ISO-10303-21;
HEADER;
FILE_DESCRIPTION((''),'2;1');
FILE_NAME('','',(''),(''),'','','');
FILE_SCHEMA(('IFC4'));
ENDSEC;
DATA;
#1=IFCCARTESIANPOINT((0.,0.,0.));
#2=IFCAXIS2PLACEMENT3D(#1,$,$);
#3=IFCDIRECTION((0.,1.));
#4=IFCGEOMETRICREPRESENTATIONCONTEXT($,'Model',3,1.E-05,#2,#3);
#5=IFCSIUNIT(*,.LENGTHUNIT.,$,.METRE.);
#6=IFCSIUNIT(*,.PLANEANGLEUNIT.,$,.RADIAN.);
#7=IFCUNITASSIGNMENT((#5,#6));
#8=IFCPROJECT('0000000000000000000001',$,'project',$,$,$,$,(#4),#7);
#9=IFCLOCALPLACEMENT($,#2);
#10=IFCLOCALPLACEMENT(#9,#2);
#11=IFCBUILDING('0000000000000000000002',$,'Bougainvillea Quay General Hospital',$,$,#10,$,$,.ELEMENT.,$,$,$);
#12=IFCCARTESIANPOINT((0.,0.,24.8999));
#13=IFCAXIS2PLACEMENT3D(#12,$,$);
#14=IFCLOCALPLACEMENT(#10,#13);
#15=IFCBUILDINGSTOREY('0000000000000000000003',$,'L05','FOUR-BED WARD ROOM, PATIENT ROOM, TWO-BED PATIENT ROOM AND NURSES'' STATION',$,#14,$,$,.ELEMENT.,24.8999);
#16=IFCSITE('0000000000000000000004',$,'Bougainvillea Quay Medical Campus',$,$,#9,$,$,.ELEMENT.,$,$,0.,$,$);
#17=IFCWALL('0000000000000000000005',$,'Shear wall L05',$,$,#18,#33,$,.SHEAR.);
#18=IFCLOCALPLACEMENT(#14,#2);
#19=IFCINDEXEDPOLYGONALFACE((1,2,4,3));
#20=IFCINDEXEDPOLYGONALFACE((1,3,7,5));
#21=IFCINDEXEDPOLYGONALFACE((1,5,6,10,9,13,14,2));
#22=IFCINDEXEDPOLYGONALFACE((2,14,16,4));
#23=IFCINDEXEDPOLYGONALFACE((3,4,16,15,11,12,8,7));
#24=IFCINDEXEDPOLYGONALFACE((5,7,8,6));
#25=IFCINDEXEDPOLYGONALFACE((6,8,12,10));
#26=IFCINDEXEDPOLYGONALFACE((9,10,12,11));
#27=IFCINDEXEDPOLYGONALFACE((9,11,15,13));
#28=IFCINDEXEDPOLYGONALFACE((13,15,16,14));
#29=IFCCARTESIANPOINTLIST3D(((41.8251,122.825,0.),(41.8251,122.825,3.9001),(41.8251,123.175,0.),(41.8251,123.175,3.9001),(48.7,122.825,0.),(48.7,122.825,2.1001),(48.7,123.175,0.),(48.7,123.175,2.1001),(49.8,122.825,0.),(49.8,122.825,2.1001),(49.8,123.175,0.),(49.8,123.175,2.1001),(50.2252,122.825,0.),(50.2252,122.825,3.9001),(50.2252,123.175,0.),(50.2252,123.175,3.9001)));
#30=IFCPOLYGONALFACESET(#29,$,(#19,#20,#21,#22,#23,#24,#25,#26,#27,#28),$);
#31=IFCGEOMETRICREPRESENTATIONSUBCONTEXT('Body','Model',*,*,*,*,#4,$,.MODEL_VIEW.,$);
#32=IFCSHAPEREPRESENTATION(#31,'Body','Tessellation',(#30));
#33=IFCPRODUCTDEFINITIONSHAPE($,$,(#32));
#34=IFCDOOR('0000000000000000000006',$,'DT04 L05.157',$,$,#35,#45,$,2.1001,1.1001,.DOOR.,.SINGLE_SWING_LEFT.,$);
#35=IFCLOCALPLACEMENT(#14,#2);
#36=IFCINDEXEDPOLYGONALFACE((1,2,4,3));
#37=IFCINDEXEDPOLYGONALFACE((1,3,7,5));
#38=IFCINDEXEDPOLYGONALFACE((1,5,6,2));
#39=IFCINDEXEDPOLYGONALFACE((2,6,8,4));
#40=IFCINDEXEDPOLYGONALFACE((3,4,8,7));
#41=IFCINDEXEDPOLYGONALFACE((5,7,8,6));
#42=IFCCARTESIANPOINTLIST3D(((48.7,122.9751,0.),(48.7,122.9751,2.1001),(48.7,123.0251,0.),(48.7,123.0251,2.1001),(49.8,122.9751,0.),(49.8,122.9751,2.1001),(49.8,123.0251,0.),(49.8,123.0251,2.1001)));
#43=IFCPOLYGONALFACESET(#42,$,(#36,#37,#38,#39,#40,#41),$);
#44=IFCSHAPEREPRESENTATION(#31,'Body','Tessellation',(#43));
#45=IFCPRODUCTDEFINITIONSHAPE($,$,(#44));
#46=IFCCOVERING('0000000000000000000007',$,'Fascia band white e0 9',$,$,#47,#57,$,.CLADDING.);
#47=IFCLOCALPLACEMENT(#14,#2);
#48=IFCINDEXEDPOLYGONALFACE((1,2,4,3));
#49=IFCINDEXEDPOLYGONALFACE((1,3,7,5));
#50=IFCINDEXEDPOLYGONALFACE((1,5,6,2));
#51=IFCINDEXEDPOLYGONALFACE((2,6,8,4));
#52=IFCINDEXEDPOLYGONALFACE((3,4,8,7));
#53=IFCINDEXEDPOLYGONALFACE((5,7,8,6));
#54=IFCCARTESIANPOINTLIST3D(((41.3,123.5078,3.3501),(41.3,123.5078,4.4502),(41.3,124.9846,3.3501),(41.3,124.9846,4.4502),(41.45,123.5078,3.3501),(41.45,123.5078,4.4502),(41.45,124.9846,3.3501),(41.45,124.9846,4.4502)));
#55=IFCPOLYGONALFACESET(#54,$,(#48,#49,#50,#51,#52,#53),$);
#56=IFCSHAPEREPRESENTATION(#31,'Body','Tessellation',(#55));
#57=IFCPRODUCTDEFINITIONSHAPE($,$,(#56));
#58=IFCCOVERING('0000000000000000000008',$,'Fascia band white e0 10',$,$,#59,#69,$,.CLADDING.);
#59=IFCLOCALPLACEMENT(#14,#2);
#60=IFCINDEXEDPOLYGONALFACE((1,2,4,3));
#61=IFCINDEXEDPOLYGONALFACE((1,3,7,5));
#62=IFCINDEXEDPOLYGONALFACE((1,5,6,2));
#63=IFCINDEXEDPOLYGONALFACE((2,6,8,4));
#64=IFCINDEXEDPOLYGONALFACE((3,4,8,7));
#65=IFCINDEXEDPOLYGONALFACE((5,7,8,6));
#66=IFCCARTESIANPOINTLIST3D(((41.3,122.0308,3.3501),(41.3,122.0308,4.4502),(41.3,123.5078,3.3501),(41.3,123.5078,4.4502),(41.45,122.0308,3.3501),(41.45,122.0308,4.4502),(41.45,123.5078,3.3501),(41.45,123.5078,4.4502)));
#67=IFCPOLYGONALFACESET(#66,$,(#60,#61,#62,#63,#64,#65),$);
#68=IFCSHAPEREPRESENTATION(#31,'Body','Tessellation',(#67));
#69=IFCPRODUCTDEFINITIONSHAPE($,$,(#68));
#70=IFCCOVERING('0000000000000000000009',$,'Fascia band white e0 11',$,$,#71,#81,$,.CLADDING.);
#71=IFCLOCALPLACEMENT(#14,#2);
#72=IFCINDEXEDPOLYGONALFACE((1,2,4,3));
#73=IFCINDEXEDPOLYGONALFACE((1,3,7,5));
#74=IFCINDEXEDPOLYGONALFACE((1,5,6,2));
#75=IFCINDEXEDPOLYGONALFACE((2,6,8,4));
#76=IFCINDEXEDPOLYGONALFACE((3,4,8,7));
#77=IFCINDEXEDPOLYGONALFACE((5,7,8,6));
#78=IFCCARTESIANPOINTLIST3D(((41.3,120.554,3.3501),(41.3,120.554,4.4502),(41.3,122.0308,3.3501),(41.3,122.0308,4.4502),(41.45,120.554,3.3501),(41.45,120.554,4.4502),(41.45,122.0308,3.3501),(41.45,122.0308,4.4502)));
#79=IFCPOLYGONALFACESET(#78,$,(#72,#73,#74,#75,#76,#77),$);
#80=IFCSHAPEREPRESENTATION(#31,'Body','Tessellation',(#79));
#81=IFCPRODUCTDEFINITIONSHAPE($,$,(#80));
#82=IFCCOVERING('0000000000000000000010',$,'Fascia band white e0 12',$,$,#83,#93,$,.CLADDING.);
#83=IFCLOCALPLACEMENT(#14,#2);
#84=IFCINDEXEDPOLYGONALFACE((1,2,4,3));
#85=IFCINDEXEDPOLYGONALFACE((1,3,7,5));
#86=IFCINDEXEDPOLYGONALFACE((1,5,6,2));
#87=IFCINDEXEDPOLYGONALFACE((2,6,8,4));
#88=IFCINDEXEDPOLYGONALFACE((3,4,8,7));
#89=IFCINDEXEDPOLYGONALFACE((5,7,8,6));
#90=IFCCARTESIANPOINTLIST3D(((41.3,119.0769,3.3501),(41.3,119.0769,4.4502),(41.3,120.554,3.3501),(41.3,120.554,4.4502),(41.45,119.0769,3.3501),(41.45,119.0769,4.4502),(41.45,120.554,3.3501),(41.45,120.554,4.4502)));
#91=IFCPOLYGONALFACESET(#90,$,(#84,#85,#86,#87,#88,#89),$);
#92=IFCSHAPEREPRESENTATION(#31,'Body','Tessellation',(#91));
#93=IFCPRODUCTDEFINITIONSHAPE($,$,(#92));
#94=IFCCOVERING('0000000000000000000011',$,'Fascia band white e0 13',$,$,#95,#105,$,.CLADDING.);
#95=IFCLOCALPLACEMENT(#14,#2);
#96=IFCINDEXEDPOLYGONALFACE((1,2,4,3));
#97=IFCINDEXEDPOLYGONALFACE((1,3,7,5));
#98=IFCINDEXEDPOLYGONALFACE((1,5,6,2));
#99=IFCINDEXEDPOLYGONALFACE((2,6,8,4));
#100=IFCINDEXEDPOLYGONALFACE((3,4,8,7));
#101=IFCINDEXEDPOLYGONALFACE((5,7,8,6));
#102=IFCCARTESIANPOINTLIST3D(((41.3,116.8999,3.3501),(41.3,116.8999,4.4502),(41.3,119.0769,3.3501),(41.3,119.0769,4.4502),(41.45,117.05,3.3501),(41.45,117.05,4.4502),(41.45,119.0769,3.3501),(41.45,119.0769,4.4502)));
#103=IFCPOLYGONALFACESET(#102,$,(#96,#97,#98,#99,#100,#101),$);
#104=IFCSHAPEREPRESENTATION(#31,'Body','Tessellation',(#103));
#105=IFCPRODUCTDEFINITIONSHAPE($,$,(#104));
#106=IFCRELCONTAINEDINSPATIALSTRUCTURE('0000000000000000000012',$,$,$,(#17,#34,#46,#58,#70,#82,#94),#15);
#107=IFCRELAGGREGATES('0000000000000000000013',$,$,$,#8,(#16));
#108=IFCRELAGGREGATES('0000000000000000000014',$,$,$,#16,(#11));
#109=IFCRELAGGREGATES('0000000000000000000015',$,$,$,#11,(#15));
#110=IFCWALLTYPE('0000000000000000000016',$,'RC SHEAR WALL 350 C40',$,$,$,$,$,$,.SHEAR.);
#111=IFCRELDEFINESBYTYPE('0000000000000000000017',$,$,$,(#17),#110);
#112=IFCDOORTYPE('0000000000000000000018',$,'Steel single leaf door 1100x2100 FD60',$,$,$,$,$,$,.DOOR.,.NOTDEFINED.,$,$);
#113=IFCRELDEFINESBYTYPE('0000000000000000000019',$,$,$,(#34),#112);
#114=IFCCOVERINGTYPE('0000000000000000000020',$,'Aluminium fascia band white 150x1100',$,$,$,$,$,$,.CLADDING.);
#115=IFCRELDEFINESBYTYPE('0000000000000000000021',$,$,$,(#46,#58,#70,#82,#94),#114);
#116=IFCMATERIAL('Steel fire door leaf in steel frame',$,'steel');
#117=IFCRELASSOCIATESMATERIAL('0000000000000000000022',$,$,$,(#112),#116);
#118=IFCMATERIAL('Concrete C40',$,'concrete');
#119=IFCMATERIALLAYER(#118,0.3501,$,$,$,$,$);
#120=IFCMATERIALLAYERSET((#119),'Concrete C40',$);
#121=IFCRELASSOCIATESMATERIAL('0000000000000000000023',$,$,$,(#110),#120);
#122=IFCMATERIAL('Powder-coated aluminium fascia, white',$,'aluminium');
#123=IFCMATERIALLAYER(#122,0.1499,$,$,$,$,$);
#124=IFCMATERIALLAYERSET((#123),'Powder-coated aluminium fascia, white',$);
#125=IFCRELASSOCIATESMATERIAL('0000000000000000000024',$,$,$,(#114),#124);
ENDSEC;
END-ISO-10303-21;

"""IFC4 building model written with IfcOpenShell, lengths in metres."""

from ifc_helpers import new_model, si_unit, direction, frame, frame_2d, origin, place, context, subcontext, project, spatial, polyline, rectangle, outline, extrude, material, layer, layer_set, type_object, element, fill, save


model = new_model("IFC4")

# Units and contexts
model_context = context("Model", 3, precision=1e-05, world=origin(), true_north=direction((0.0, 1.0)))
body_context = subcontext(model_context, "Body", "Model", "MODEL_VIEW")
ifc_project = project(units=[si_unit("LENGTHUNIT", "METRE"), si_unit("PLANEANGLEUNIT", "RADIAN")], contexts=[model_context])

# Site, building, storey
site_placement = place(None, origin())
site = spatial("IfcSite", under=ifc_project, at=site_placement, Name="Bougainvillea Quay Medical Campus", CompositionType="ELEMENT", RefElevation=0.0)
building_placement = place(site_placement, origin())
building = spatial("IfcBuilding", under=site, at=building_placement, Name="Bougainvillea Quay General Hospital", CompositionType="ELEMENT")
storey_placement = place(building_placement, frame((0.0, 0.0, 24.8999)))
storey = spatial("IfcBuildingStorey", under=building, at=storey_placement, Name="L05", Description="FOUR-BED WARD ROOM, PATIENT ROOM, TWO-BED PATIENT ROOM AND NURSES' STATION", CompositionType="ELEMENT", Elevation=24.8999)

# Shared definitions
ifc_material_1 = material(Name="Concrete C40", Category="concrete")

# Wall, opening, door
ifc_material_2 = material(Name="Steel fire door leaf in steel frame", Category="steel")
door_type = type_object("IfcDoorType", Name="Steel single leaf door 1100x2100 FD60", OperationType="NOTDEFINED", PredefinedType="DOOR", material=ifc_material_2)
ifc_layer_1 = layer(ifc_material_1, 0.3501)
ifc_layer_set_1 = layer_set([ifc_layer_1], Name="Concrete C40")
wall_type_1 = type_object("IfcWallType", Name="RC SHEAR WALL 350 C40", PredefinedType="SHEAR", material=ifc_layer_set_1)
wall_1_placement = place(storey_placement, frame((41.825, 123.0, 0.0), z_axis=(0.0, 0.0, 1.0), x_axis=(1.0, 0.0, 0.0)))
wall_1 = element("IfcWall", 1, at=wall_1_placement, inside=storey, type_object=wall_type_1, Name="Shear wall L05", PredefinedType="SHEAR", context=body_context, shape_type="SweptSolid", body=[
    extrude(rectangle(XDim=8.4001, YDim=0.3501, at=frame_2d((4.2002, 0.0))), origin(), (0.0, 0.0, 1.0), 3.9001),
])
opening_1_placement = place(wall_1_placement, frame((6.875, 0.0, 0.0)))
opening_1 = element("IfcOpeningElement", 2, at=opening_1_placement, cuts=wall_1, PredefinedType="OPENING", context=body_context, shape_type="SweptSolid", body=[
    extrude(rectangle(XDim=1.1001, YDim=2.1001, at=frame_2d((0.55, 1.05))), frame((0.0, 0.1851, 0.0), z_axis=(0.0, -1.0, 0.0), x_axis=(1.0, 0.0, 0.0)), (0.0, 0.0, 1.0), 0.3701),
])
door_1_placement = place(opening_1_placement, frame((1.1001, 0.0, 0.0), z_axis=(0.0, 0.0, 1.0), x_axis=(-1.0, 0.0, 0.0)))
door_1 = element("IfcDoor", 3, at=door_1_placement, inside=storey, type_object=door_type, Name="DT04 L05.157", OperationType="SINGLE_SWING_LEFT", OverallHeight=2.1001, OverallWidth=1.1001, PredefinedType="DOOR", context=body_context, shape_type="SweptSolid", body=[
    extrude(rectangle(XDim=1.1001, YDim=2.1001, at=frame_2d((0.55, 1.05))), frame((0.0, 0.0249, 0.0), z_axis=(0.0, -1.0, 0.0), x_axis=(1.0, 0.0, 0.0)), (0.0, 0.0, 1.0), 0.05),
])
fill(opening_1, door_1)

# Coverings
ifc_material_3 = material(Name="Powder-coated aluminium fascia, white", Category="aluminium")
ifc_layer_2 = layer(ifc_material_3, 0.1499)
ifc_layer_set_2 = layer_set([ifc_layer_2], Name="Powder-coated aluminium fascia, white")
covering_type = type_object("IfcCoveringType", Name="Aluminium fascia band white 150x1100", PredefinedType="CLADDING", material=ifc_layer_set_2)
covering_1_placement = place(storey_placement, frame((41.45, 124.9846, 3.3501), z_axis=(0.0, 0.0, 1.0), x_axis=(0.0, -1.0, 0.0)))
element("IfcCovering", 4, at=covering_1_placement, inside=storey, type_object=covering_type, Name="Fascia band white e0 9", PredefinedType="CLADDING", context=body_context, shape_type="SweptSolid", body=[
    extrude(outline(polyline([(0.0, 0.0), (1.4768, 0.0), (1.4768, -0.1499), (0.0, -0.1499), (0.0, 0.0)])), origin(), (0.0, 0.0, 1.0), 1.1001),
])
covering_2_placement = place(storey_placement, frame((41.45, 123.5078, 3.3501), z_axis=(0.0, 0.0, 1.0), x_axis=(0.0, -1.0, 0.0)))
element("IfcCovering", 5, at=covering_2_placement, inside=storey, type_object=covering_type, Name="Fascia band white e0 10", PredefinedType="CLADDING", context=body_context, shape_type="SweptSolid", body=[
    extrude(outline(polyline([(0.0, 0.0), (1.4771, 0.0), (1.4771, -0.1499), (0.0, -0.1499), (0.0, 0.0)])), origin(), (0.0, 0.0, 1.0), 1.1001),
])
covering_3_placement = place(storey_placement, frame((41.45, 122.0308, 3.3501), z_axis=(0.0, 0.0, 1.0), x_axis=(0.0, -1.0, 0.0)))
element("IfcCovering", 6, at=covering_3_placement, inside=storey, type_object=covering_type, Name="Fascia band white e0 11", PredefinedType="CLADDING", context=body_context, shape_type="SweptSolid", body=[
    extrude(outline(polyline([(0.0, 0.0), (1.4768, 0.0), (1.4768, -0.1499), (0.0, -0.1499), (0.0, 0.0)])), origin(), (0.0, 0.0, 1.0), 1.1001),
])
covering_4_placement = place(storey_placement, frame((41.45, 120.554, 3.3501), z_axis=(0.0, 0.0, 1.0), x_axis=(0.0, -1.0, 0.0)))
element("IfcCovering", 7, at=covering_4_placement, inside=storey, type_object=covering_type, Name="Fascia band white e0 12", PredefinedType="CLADDING", context=body_context, shape_type="SweptSolid", body=[
    extrude(outline(polyline([(0.0, 0.0), (1.4771, 0.0), (1.4771, -0.1499), (0.0, -0.1499), (0.0, 0.0)])), origin(), (0.0, 0.0, 1.0), 1.1001),
])
covering_5_placement = place(storey_placement, frame((41.45, 119.0769, 3.3501), z_axis=(0.0, 0.0, 1.0), x_axis=(0.0, -1.0, 0.0)))
element("IfcCovering", 8, at=covering_5_placement, inside=storey, type_object=covering_type, Name="Fascia band white e0 13", PredefinedType="CLADDING", context=body_context, shape_type="SweptSolid", body=[
    extrude(outline(polyline([(0.0, 0.0), (2.0269, 0.0), (2.177, -0.1499), (0.0, -0.1499), (0.0, 0.0)])), origin(), (0.0, 0.0, 1.0), 1.1001),
])

save(model, "model.ifc")
